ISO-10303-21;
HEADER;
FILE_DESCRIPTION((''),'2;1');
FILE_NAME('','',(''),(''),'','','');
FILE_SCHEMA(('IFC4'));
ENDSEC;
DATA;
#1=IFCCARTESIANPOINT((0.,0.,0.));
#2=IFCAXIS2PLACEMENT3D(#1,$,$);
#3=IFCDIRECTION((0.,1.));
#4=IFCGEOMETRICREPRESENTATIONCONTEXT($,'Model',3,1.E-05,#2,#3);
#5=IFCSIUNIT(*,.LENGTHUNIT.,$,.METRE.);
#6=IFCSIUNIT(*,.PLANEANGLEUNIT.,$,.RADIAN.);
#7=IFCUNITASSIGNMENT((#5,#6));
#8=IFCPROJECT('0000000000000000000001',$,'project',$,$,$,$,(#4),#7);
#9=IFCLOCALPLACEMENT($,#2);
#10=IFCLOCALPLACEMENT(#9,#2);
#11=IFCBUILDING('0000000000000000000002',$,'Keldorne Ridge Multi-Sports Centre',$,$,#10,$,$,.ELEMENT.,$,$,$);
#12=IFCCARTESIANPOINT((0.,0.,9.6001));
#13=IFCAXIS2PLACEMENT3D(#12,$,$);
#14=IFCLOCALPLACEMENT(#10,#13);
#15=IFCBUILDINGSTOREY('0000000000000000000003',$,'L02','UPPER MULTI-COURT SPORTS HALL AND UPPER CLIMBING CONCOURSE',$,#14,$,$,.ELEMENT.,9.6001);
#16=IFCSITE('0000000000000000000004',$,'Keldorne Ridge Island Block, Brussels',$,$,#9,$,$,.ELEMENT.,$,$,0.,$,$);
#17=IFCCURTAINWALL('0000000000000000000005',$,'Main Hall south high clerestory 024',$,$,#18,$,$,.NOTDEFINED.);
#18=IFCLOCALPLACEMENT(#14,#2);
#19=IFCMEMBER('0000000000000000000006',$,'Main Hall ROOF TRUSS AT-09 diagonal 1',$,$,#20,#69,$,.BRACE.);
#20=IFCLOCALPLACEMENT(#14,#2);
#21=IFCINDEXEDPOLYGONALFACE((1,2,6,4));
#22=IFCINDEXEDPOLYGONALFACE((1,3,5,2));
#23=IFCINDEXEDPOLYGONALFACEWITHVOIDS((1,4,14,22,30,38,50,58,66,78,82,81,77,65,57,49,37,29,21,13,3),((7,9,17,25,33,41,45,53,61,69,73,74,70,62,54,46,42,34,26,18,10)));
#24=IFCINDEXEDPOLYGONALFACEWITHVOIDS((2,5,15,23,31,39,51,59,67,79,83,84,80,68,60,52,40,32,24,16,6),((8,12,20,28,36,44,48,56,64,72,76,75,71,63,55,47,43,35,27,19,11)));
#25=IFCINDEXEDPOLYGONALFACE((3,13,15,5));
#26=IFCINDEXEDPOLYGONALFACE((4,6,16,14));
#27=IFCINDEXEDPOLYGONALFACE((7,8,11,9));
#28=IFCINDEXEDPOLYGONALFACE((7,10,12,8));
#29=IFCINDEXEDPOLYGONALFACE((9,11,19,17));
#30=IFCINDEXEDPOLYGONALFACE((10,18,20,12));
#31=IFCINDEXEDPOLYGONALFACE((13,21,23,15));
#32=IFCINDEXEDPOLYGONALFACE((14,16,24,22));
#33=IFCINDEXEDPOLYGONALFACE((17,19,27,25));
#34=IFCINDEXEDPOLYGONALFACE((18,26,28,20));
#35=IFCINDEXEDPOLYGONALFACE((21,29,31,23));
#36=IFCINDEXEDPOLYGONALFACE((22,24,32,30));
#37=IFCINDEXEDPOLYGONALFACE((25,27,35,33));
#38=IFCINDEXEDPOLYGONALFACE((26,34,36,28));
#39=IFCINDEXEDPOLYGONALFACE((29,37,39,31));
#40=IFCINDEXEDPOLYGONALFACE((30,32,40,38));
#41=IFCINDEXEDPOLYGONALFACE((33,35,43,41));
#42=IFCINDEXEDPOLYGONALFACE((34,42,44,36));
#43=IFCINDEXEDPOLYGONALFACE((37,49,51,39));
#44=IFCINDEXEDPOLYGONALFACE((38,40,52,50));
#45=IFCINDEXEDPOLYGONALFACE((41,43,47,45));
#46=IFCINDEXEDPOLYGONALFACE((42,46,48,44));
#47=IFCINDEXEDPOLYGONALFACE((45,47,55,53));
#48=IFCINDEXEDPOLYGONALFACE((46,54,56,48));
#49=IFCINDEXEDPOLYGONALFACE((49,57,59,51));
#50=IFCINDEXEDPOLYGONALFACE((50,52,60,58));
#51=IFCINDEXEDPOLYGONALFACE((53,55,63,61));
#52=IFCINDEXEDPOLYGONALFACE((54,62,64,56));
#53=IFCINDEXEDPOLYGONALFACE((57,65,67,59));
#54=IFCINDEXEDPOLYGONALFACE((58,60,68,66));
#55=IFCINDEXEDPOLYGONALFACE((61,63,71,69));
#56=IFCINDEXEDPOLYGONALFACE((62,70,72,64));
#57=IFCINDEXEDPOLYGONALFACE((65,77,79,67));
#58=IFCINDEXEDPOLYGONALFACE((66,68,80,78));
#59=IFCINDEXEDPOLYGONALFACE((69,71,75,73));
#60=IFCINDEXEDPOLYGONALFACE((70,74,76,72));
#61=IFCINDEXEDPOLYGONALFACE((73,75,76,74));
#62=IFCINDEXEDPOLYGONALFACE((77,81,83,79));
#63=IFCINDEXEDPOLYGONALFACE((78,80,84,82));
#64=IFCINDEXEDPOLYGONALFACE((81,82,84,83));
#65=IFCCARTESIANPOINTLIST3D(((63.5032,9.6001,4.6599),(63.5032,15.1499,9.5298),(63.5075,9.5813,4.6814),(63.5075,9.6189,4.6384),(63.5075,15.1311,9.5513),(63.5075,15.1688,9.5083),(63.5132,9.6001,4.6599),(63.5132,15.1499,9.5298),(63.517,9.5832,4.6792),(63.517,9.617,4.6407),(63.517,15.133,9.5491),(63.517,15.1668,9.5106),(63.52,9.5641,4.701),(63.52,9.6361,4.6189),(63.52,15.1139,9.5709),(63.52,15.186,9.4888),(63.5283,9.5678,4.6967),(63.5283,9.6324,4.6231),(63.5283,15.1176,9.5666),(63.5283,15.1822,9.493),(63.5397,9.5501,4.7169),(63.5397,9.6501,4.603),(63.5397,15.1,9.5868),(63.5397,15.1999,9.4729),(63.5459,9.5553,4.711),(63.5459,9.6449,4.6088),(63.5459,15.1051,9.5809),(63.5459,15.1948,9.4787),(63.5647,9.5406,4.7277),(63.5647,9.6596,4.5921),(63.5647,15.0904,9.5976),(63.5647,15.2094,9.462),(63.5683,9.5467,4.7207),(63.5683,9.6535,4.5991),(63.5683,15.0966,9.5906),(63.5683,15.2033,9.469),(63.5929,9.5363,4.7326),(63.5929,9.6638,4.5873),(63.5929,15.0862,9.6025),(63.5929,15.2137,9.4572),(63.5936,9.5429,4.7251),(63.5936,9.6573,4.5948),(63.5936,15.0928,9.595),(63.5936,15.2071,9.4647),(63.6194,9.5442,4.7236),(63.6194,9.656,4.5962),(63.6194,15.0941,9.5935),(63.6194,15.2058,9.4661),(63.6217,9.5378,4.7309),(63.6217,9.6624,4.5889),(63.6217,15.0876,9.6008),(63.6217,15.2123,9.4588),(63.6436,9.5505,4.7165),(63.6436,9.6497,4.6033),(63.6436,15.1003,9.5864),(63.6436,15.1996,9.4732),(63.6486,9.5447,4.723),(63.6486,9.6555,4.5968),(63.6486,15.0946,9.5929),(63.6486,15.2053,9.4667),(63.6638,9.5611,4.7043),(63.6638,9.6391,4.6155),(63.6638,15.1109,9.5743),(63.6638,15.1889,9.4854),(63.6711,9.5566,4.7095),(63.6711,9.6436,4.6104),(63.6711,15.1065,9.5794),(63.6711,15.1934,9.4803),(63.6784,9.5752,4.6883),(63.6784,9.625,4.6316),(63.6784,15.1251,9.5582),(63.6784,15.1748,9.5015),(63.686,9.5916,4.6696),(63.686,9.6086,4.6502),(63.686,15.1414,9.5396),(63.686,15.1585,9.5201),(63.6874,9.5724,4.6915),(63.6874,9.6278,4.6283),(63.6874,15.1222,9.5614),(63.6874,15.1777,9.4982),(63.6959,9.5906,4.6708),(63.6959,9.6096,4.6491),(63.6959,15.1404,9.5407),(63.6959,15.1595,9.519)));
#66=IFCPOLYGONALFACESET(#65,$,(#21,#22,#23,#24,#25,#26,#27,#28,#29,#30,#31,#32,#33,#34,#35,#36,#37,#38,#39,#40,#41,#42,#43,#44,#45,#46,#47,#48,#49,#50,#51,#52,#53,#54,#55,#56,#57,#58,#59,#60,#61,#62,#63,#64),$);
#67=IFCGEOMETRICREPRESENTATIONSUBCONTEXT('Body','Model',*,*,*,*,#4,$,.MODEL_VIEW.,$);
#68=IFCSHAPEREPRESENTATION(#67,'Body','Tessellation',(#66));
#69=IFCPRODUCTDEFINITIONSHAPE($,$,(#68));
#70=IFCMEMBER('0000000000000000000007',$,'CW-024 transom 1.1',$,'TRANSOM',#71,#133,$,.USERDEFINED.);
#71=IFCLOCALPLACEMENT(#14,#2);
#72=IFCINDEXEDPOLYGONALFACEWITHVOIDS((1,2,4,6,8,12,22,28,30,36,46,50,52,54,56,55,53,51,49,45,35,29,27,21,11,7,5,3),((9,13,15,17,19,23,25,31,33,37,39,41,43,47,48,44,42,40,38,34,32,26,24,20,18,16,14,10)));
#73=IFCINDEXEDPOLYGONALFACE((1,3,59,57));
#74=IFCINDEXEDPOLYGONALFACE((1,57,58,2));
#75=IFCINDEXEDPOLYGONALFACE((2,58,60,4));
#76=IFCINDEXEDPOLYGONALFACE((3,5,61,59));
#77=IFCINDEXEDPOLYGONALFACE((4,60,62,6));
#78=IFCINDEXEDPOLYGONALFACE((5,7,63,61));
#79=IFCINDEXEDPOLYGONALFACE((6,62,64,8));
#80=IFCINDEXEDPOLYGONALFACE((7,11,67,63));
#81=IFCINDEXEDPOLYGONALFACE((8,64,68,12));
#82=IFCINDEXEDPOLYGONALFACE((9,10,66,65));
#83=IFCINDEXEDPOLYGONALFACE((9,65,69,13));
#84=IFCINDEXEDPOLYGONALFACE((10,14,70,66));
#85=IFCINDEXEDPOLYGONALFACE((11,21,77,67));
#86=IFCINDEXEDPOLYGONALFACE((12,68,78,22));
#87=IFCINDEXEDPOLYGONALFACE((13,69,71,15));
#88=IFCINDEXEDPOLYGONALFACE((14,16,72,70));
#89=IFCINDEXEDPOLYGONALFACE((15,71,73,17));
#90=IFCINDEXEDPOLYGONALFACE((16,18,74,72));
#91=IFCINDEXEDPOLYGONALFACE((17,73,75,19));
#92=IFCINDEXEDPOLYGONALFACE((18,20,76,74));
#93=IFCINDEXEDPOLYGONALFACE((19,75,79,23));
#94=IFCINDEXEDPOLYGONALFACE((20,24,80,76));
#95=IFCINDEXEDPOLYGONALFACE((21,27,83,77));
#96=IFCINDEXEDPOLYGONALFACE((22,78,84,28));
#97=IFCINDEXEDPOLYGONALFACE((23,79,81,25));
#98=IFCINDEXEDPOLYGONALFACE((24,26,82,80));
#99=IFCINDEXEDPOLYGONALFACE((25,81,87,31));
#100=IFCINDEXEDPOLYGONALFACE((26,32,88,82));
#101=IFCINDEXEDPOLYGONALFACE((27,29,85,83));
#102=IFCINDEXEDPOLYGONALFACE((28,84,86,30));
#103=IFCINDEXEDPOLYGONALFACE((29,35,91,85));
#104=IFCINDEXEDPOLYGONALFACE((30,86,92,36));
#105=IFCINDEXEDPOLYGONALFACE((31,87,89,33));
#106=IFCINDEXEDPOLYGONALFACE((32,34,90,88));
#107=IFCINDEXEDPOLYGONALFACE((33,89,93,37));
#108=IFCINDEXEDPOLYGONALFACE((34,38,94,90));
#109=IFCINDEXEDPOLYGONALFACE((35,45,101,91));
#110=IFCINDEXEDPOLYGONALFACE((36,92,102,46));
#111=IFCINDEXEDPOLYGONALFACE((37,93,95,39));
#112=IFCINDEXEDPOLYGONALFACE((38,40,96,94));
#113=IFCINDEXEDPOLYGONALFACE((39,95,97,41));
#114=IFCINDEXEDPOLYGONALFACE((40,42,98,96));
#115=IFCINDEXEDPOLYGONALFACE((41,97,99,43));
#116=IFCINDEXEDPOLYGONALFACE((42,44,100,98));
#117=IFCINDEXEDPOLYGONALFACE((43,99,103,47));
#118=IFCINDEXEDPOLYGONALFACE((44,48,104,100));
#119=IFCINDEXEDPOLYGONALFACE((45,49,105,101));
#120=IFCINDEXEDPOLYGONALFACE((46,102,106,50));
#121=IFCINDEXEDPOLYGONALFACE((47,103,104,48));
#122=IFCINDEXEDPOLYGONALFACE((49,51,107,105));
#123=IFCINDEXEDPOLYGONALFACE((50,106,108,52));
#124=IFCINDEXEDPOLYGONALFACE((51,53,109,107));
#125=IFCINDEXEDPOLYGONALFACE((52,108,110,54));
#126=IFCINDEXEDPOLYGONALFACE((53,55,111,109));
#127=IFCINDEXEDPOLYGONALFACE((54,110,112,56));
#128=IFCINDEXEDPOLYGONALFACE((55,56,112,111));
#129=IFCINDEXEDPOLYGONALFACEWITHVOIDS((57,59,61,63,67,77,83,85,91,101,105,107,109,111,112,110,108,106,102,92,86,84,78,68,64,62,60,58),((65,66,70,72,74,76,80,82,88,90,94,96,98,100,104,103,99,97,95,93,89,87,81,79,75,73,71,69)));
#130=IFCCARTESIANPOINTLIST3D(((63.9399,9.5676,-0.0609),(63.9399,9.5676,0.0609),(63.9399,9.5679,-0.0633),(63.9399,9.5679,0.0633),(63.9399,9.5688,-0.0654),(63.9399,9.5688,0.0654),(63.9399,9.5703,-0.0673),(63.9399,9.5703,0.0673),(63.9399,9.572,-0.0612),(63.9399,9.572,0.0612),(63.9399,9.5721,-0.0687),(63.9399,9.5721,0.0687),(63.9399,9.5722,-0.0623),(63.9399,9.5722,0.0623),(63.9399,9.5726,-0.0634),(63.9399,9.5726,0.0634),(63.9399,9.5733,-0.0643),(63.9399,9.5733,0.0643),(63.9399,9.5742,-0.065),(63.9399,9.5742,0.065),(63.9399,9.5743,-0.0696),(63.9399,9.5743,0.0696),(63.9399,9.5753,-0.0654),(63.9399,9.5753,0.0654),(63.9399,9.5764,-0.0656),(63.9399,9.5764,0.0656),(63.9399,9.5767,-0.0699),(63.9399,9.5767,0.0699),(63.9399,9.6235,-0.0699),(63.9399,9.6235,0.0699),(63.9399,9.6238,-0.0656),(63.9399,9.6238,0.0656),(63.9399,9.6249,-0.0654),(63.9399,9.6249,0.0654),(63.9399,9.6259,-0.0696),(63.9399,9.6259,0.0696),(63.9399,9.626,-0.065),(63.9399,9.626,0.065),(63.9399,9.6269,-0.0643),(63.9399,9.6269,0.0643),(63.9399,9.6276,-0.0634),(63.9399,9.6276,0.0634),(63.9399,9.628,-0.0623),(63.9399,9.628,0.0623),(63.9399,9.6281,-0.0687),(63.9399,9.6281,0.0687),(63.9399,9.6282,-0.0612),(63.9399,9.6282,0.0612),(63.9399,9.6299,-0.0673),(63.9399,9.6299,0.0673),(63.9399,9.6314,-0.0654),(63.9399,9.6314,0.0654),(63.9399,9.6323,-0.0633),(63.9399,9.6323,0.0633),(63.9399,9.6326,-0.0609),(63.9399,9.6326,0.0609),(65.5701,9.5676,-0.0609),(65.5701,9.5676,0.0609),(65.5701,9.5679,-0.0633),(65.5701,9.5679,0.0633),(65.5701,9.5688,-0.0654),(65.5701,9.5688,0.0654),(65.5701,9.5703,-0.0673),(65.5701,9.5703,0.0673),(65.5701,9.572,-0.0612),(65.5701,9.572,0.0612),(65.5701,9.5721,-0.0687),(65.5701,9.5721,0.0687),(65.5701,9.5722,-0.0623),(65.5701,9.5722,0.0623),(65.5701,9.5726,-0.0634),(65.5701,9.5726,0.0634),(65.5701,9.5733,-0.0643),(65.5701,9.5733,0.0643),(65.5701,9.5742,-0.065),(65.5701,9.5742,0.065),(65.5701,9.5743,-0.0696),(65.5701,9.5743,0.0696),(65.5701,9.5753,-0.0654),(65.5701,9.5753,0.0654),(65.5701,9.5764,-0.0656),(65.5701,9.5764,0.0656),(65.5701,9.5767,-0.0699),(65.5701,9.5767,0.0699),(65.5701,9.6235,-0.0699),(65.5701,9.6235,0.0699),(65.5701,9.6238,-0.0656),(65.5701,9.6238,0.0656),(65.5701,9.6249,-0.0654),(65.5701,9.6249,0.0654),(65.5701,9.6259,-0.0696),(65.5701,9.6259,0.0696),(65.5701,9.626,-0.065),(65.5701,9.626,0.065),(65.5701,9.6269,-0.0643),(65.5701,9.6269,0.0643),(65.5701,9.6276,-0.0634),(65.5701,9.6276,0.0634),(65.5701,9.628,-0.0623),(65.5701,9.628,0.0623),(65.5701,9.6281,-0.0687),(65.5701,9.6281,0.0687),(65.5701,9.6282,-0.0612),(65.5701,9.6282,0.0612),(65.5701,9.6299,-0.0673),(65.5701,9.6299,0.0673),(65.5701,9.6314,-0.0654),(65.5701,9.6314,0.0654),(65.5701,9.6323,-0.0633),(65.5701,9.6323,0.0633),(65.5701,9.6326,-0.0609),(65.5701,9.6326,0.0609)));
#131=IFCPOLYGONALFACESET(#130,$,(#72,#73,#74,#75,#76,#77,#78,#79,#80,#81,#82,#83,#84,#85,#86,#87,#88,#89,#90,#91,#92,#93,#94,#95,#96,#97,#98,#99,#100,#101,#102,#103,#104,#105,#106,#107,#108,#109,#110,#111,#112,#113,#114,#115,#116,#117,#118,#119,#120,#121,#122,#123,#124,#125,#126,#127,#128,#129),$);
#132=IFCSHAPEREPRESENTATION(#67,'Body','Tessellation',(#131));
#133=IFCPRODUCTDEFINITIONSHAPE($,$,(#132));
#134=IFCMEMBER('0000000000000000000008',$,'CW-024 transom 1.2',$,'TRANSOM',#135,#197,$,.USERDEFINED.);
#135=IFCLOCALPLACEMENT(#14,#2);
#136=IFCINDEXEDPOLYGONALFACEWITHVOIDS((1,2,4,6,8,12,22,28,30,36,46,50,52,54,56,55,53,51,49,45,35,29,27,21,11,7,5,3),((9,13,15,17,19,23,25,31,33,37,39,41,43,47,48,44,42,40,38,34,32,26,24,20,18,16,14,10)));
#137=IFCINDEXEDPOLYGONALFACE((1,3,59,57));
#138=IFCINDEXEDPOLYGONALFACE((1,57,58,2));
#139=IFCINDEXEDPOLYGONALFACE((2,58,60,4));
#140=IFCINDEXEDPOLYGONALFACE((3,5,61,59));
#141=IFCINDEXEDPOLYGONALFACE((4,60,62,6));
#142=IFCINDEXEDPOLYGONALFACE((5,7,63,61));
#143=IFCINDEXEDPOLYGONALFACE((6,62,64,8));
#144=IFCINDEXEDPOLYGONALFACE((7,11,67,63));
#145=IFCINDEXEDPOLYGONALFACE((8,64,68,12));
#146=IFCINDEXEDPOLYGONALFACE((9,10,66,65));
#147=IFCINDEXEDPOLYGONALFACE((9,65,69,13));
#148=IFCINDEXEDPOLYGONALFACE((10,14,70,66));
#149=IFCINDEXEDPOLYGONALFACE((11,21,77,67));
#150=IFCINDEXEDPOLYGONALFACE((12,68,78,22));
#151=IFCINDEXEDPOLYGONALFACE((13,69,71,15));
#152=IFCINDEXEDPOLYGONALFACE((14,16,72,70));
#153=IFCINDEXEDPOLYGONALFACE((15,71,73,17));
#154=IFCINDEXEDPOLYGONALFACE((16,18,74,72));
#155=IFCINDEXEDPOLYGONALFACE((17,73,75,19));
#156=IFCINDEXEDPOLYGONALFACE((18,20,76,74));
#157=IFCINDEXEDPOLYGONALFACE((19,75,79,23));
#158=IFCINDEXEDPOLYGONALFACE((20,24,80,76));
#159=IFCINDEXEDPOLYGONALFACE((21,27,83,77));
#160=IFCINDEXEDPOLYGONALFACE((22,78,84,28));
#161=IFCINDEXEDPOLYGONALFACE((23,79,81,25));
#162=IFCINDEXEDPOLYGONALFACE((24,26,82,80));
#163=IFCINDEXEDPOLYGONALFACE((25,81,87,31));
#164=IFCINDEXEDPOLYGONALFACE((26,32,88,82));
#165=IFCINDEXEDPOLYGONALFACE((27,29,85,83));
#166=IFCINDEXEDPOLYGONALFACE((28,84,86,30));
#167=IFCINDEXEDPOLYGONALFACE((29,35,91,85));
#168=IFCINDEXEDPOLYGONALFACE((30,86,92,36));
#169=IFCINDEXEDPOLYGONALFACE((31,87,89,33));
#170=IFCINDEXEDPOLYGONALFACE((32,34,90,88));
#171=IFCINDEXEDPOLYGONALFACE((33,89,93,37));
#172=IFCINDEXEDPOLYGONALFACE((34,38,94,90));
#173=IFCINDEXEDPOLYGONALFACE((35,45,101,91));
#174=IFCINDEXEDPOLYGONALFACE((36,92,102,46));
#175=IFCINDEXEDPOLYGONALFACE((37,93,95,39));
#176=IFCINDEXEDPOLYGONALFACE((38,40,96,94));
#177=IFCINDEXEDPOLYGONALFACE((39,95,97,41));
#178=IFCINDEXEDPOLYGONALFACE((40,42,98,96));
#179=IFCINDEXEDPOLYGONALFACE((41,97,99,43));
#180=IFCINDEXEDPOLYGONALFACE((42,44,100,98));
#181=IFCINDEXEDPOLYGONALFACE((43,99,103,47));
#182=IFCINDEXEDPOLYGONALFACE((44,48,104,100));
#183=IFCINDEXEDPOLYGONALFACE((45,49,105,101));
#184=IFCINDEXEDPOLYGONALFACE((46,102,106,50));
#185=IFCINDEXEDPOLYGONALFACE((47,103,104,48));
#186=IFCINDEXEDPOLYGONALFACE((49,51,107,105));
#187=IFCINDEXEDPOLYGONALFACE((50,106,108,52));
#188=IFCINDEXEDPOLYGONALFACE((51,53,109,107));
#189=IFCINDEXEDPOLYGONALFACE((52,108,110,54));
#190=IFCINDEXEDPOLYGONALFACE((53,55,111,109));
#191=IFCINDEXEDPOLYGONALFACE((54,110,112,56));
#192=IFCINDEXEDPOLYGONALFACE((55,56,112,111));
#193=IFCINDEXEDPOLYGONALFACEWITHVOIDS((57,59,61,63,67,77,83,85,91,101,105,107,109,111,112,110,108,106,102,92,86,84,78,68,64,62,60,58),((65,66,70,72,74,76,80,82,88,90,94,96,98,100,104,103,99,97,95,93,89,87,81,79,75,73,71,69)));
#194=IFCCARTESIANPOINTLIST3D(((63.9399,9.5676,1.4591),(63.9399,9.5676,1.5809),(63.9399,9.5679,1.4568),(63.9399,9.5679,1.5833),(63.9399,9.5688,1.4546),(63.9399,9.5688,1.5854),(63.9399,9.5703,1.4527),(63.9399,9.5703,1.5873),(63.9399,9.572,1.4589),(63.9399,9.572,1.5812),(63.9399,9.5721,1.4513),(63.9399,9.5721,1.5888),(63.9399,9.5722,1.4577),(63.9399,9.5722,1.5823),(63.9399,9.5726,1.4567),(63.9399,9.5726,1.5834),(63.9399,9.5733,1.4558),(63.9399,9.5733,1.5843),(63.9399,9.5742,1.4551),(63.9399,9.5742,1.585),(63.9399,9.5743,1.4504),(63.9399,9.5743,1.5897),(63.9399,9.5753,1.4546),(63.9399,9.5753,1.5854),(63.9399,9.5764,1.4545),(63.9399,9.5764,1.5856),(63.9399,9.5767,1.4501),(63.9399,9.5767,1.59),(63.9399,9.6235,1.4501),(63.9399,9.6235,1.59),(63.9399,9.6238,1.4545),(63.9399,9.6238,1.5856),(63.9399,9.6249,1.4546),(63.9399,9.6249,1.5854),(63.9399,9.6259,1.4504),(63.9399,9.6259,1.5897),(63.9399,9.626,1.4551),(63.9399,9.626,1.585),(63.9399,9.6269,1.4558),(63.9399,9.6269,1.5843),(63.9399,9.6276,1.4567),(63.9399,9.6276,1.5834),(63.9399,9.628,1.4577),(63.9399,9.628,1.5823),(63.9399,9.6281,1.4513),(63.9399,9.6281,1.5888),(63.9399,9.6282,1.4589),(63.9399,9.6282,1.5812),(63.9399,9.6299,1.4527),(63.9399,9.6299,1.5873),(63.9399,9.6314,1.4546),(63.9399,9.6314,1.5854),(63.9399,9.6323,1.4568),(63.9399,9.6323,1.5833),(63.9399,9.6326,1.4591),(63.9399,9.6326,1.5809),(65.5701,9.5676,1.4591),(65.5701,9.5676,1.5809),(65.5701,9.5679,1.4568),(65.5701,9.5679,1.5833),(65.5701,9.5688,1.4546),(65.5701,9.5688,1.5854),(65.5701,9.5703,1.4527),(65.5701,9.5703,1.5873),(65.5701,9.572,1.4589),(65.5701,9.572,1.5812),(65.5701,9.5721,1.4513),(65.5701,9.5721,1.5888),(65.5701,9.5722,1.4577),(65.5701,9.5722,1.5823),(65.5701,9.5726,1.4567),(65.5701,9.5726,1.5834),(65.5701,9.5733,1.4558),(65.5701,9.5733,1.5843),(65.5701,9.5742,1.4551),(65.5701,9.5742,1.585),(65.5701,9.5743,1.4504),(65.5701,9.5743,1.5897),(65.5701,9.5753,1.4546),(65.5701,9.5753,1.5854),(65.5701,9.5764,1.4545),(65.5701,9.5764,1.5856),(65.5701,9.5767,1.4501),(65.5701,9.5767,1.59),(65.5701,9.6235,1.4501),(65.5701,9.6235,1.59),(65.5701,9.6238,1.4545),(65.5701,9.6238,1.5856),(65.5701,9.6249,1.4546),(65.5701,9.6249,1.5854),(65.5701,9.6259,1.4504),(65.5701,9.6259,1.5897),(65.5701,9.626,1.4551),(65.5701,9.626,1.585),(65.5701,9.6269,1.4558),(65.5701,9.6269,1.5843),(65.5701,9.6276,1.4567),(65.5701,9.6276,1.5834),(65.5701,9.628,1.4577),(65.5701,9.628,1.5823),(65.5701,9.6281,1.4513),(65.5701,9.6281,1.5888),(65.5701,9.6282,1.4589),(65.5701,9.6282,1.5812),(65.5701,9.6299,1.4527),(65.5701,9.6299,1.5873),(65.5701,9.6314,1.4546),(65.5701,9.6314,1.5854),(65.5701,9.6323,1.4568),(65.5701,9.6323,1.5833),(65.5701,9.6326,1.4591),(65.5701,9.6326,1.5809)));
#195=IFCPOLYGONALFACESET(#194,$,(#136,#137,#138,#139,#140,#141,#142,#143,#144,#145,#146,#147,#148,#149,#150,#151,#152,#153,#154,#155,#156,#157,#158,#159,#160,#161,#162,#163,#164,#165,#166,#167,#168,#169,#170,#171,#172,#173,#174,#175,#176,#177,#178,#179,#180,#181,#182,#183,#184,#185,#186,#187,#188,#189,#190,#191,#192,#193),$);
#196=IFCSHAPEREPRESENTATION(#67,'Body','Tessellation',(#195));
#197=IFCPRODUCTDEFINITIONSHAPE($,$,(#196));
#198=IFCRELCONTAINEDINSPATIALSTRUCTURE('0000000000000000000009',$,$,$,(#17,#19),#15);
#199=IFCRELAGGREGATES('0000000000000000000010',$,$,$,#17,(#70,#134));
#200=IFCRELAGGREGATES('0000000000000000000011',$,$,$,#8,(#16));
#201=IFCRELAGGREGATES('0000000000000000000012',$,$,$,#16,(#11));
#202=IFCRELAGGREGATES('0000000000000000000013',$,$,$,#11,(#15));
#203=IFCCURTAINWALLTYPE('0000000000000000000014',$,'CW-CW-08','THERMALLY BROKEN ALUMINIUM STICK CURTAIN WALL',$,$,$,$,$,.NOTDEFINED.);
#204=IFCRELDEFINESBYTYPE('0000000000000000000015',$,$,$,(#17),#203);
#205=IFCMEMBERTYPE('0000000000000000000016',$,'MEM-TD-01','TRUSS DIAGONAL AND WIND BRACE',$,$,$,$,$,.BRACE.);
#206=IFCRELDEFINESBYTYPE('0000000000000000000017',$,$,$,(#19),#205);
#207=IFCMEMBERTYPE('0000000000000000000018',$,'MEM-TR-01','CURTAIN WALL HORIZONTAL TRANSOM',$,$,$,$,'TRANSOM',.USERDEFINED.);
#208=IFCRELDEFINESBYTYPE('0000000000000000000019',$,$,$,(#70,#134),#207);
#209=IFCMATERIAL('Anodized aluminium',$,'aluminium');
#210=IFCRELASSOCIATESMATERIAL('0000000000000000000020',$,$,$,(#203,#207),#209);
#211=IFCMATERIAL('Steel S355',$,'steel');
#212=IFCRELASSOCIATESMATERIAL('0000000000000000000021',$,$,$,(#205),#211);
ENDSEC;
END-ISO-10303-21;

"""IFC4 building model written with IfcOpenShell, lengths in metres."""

from ifc_helpers import new_model, si_unit, direction, frame, origin, origin_2d, place, context, subcontext, project, spatial, hollow_rectangle, hollow_circle, extrude, material, material_profile, profile_set, type_object, element, aggregate, save


model = new_model("IFC4")

# Units and contexts
model_context = context("Model", 3, precision=1e-05, world=origin(), true_north=direction((0.0, 1.0)))
body_context = subcontext(model_context, "Body", "Model", "MODEL_VIEW")
ifc_project = project(units=[si_unit("LENGTHUNIT", "METRE"), si_unit("PLANEANGLEUNIT", "RADIAN")], contexts=[model_context])

# Site, building, storey
site_placement = place(None, origin())
site = spatial("IfcSite", under=ifc_project, at=site_placement, Name="Keldorne Ridge Island Block, Brussels", CompositionType="ELEMENT", RefElevation=0.0)
building_placement = place(site_placement, origin())
building = spatial("IfcBuilding", under=site, at=building_placement, Name="Keldorne Ridge Multi-Sports Centre", CompositionType="ELEMENT")
storey_placement = place(building_placement, frame((0.0, 0.0, 9.6001)))
storey = spatial("IfcBuildingStorey", under=building, at=storey_placement, Name="L02", Description="UPPER MULTI-COURT SPORTS HALL AND UPPER CLIMBING CONCOURSE", CompositionType="ELEMENT", Elevation=9.6001)

# Shared definitions
ifc_material_1 = material(Name="Steel S355", Category="steel")

# Shared definitions
ifc_material_2 = material(Name="Anodized aluminium", Category="aluminium")

# Curtain wall
curtain_wall_type_1 = type_object("IfcCurtainWallType", Name="CW-CW-08", Description="THERMALLY BROKEN ALUMINIUM STICK CURTAIN WALL", PredefinedType="NOTDEFINED", material=ifc_material_2)
curtain_wall_1_placement = place(storey_placement, origin())
curtain_wall_1 = element("IfcCurtainWall", 1, at=curtain_wall_1_placement, inside=storey, type_object=curtain_wall_type_1, Name="Main Hall south high clerestory 024", PredefinedType="NOTDEFINED")

# Member
ifc_material_profile_1 = material_profile(ifc_material_1, hollow_circle(Radius=0.0969, WallThickness=0.01, at=origin_2d()), Name="CHS 193.7x10")
ifc_profile_set_1 = profile_set([ifc_material_profile_1], Name="Steel S355")
member_type_1 = type_object("IfcMemberType", Name="MEM-TD-01", Description="TRUSS DIAGONAL AND WIND BRACE", PredefinedType="BRACE", material=ifc_profile_set_1)
member_1_placement = place(storey_placement, frame((63.6001, 9.6001, 4.6599), z_axis=(0.0, 0.75165, 0.659562), x_axis=(-1.0, 0.0, 0.0)))
element("IfcMember", 2, at=member_1_placement, inside=storey, type_object=member_type_1, Name="Main Hall ROOF TRUSS AT-09 diagonal 1", PredefinedType="BRACE", context=body_context, shape_type="SweptSolid", body=[
    extrude(hollow_circle(Radius=0.0969, WallThickness=0.01, at=origin_2d()), origin(), (0.0, 0.0, 1.0), 7.3835),
])

# Members
ifc_material_profile_2 = material_profile(ifc_material_2, hollow_rectangle(XDim=0.0649, YDim=0.1399, WallThickness=0.0044, InnerFilletRadius=0.0044, OuterFilletRadius=0.009, at=origin_2d()), Name="ALU TRANSOM 140x65x4.5")
ifc_profile_set_2 = profile_set([ifc_material_profile_2], Name="Anodized aluminium")
member_type_2 = type_object("IfcMemberType", Name="MEM-TR-01", Description="CURTAIN WALL HORIZONTAL TRANSOM", ElementType="TRANSOM", PredefinedType="USERDEFINED", material=ifc_profile_set_2)
member_2_placement = place(storey_placement, frame((63.9399, 9.6001, 0.0), z_axis=(1.0, 0.0, 0.0), x_axis=(0.0, 1.0, 0.0)))
member_2 = element("IfcMember", 3, at=member_2_placement, type_object=member_type_2, Name="CW-024 transom 1.1", ObjectType="TRANSOM", PredefinedType="USERDEFINED", context=body_context, shape_type="SweptSolid", body=[
    extrude(hollow_rectangle(XDim=0.0649, YDim=0.1399, WallThickness=0.0044, InnerFilletRadius=0.0044, OuterFilletRadius=0.009, at=origin_2d()), origin(), (0.0, 0.0, 1.0), 1.6301),
])
member_3_placement = place(storey_placement, frame((63.9399, 9.6001, 1.52), z_axis=(1.0, 0.0, 0.0), x_axis=(0.0, 1.0, 0.0)))
member_3 = element("IfcMember", 4, at=member_3_placement, type_object=member_type_2, Name="CW-024 transom 1.2", ObjectType="TRANSOM", PredefinedType="USERDEFINED", context=body_context, shape_type="SweptSolid", body=[
    extrude(hollow_rectangle(XDim=0.0649, YDim=0.1399, WallThickness=0.0044, InnerFilletRadius=0.0044, OuterFilletRadius=0.009, at=origin_2d()), origin(), (0.0, 0.0, 1.0), 1.6301),
])

aggregate(curtain_wall_1, [member_2, member_3])

save(model, "model.ifc")
